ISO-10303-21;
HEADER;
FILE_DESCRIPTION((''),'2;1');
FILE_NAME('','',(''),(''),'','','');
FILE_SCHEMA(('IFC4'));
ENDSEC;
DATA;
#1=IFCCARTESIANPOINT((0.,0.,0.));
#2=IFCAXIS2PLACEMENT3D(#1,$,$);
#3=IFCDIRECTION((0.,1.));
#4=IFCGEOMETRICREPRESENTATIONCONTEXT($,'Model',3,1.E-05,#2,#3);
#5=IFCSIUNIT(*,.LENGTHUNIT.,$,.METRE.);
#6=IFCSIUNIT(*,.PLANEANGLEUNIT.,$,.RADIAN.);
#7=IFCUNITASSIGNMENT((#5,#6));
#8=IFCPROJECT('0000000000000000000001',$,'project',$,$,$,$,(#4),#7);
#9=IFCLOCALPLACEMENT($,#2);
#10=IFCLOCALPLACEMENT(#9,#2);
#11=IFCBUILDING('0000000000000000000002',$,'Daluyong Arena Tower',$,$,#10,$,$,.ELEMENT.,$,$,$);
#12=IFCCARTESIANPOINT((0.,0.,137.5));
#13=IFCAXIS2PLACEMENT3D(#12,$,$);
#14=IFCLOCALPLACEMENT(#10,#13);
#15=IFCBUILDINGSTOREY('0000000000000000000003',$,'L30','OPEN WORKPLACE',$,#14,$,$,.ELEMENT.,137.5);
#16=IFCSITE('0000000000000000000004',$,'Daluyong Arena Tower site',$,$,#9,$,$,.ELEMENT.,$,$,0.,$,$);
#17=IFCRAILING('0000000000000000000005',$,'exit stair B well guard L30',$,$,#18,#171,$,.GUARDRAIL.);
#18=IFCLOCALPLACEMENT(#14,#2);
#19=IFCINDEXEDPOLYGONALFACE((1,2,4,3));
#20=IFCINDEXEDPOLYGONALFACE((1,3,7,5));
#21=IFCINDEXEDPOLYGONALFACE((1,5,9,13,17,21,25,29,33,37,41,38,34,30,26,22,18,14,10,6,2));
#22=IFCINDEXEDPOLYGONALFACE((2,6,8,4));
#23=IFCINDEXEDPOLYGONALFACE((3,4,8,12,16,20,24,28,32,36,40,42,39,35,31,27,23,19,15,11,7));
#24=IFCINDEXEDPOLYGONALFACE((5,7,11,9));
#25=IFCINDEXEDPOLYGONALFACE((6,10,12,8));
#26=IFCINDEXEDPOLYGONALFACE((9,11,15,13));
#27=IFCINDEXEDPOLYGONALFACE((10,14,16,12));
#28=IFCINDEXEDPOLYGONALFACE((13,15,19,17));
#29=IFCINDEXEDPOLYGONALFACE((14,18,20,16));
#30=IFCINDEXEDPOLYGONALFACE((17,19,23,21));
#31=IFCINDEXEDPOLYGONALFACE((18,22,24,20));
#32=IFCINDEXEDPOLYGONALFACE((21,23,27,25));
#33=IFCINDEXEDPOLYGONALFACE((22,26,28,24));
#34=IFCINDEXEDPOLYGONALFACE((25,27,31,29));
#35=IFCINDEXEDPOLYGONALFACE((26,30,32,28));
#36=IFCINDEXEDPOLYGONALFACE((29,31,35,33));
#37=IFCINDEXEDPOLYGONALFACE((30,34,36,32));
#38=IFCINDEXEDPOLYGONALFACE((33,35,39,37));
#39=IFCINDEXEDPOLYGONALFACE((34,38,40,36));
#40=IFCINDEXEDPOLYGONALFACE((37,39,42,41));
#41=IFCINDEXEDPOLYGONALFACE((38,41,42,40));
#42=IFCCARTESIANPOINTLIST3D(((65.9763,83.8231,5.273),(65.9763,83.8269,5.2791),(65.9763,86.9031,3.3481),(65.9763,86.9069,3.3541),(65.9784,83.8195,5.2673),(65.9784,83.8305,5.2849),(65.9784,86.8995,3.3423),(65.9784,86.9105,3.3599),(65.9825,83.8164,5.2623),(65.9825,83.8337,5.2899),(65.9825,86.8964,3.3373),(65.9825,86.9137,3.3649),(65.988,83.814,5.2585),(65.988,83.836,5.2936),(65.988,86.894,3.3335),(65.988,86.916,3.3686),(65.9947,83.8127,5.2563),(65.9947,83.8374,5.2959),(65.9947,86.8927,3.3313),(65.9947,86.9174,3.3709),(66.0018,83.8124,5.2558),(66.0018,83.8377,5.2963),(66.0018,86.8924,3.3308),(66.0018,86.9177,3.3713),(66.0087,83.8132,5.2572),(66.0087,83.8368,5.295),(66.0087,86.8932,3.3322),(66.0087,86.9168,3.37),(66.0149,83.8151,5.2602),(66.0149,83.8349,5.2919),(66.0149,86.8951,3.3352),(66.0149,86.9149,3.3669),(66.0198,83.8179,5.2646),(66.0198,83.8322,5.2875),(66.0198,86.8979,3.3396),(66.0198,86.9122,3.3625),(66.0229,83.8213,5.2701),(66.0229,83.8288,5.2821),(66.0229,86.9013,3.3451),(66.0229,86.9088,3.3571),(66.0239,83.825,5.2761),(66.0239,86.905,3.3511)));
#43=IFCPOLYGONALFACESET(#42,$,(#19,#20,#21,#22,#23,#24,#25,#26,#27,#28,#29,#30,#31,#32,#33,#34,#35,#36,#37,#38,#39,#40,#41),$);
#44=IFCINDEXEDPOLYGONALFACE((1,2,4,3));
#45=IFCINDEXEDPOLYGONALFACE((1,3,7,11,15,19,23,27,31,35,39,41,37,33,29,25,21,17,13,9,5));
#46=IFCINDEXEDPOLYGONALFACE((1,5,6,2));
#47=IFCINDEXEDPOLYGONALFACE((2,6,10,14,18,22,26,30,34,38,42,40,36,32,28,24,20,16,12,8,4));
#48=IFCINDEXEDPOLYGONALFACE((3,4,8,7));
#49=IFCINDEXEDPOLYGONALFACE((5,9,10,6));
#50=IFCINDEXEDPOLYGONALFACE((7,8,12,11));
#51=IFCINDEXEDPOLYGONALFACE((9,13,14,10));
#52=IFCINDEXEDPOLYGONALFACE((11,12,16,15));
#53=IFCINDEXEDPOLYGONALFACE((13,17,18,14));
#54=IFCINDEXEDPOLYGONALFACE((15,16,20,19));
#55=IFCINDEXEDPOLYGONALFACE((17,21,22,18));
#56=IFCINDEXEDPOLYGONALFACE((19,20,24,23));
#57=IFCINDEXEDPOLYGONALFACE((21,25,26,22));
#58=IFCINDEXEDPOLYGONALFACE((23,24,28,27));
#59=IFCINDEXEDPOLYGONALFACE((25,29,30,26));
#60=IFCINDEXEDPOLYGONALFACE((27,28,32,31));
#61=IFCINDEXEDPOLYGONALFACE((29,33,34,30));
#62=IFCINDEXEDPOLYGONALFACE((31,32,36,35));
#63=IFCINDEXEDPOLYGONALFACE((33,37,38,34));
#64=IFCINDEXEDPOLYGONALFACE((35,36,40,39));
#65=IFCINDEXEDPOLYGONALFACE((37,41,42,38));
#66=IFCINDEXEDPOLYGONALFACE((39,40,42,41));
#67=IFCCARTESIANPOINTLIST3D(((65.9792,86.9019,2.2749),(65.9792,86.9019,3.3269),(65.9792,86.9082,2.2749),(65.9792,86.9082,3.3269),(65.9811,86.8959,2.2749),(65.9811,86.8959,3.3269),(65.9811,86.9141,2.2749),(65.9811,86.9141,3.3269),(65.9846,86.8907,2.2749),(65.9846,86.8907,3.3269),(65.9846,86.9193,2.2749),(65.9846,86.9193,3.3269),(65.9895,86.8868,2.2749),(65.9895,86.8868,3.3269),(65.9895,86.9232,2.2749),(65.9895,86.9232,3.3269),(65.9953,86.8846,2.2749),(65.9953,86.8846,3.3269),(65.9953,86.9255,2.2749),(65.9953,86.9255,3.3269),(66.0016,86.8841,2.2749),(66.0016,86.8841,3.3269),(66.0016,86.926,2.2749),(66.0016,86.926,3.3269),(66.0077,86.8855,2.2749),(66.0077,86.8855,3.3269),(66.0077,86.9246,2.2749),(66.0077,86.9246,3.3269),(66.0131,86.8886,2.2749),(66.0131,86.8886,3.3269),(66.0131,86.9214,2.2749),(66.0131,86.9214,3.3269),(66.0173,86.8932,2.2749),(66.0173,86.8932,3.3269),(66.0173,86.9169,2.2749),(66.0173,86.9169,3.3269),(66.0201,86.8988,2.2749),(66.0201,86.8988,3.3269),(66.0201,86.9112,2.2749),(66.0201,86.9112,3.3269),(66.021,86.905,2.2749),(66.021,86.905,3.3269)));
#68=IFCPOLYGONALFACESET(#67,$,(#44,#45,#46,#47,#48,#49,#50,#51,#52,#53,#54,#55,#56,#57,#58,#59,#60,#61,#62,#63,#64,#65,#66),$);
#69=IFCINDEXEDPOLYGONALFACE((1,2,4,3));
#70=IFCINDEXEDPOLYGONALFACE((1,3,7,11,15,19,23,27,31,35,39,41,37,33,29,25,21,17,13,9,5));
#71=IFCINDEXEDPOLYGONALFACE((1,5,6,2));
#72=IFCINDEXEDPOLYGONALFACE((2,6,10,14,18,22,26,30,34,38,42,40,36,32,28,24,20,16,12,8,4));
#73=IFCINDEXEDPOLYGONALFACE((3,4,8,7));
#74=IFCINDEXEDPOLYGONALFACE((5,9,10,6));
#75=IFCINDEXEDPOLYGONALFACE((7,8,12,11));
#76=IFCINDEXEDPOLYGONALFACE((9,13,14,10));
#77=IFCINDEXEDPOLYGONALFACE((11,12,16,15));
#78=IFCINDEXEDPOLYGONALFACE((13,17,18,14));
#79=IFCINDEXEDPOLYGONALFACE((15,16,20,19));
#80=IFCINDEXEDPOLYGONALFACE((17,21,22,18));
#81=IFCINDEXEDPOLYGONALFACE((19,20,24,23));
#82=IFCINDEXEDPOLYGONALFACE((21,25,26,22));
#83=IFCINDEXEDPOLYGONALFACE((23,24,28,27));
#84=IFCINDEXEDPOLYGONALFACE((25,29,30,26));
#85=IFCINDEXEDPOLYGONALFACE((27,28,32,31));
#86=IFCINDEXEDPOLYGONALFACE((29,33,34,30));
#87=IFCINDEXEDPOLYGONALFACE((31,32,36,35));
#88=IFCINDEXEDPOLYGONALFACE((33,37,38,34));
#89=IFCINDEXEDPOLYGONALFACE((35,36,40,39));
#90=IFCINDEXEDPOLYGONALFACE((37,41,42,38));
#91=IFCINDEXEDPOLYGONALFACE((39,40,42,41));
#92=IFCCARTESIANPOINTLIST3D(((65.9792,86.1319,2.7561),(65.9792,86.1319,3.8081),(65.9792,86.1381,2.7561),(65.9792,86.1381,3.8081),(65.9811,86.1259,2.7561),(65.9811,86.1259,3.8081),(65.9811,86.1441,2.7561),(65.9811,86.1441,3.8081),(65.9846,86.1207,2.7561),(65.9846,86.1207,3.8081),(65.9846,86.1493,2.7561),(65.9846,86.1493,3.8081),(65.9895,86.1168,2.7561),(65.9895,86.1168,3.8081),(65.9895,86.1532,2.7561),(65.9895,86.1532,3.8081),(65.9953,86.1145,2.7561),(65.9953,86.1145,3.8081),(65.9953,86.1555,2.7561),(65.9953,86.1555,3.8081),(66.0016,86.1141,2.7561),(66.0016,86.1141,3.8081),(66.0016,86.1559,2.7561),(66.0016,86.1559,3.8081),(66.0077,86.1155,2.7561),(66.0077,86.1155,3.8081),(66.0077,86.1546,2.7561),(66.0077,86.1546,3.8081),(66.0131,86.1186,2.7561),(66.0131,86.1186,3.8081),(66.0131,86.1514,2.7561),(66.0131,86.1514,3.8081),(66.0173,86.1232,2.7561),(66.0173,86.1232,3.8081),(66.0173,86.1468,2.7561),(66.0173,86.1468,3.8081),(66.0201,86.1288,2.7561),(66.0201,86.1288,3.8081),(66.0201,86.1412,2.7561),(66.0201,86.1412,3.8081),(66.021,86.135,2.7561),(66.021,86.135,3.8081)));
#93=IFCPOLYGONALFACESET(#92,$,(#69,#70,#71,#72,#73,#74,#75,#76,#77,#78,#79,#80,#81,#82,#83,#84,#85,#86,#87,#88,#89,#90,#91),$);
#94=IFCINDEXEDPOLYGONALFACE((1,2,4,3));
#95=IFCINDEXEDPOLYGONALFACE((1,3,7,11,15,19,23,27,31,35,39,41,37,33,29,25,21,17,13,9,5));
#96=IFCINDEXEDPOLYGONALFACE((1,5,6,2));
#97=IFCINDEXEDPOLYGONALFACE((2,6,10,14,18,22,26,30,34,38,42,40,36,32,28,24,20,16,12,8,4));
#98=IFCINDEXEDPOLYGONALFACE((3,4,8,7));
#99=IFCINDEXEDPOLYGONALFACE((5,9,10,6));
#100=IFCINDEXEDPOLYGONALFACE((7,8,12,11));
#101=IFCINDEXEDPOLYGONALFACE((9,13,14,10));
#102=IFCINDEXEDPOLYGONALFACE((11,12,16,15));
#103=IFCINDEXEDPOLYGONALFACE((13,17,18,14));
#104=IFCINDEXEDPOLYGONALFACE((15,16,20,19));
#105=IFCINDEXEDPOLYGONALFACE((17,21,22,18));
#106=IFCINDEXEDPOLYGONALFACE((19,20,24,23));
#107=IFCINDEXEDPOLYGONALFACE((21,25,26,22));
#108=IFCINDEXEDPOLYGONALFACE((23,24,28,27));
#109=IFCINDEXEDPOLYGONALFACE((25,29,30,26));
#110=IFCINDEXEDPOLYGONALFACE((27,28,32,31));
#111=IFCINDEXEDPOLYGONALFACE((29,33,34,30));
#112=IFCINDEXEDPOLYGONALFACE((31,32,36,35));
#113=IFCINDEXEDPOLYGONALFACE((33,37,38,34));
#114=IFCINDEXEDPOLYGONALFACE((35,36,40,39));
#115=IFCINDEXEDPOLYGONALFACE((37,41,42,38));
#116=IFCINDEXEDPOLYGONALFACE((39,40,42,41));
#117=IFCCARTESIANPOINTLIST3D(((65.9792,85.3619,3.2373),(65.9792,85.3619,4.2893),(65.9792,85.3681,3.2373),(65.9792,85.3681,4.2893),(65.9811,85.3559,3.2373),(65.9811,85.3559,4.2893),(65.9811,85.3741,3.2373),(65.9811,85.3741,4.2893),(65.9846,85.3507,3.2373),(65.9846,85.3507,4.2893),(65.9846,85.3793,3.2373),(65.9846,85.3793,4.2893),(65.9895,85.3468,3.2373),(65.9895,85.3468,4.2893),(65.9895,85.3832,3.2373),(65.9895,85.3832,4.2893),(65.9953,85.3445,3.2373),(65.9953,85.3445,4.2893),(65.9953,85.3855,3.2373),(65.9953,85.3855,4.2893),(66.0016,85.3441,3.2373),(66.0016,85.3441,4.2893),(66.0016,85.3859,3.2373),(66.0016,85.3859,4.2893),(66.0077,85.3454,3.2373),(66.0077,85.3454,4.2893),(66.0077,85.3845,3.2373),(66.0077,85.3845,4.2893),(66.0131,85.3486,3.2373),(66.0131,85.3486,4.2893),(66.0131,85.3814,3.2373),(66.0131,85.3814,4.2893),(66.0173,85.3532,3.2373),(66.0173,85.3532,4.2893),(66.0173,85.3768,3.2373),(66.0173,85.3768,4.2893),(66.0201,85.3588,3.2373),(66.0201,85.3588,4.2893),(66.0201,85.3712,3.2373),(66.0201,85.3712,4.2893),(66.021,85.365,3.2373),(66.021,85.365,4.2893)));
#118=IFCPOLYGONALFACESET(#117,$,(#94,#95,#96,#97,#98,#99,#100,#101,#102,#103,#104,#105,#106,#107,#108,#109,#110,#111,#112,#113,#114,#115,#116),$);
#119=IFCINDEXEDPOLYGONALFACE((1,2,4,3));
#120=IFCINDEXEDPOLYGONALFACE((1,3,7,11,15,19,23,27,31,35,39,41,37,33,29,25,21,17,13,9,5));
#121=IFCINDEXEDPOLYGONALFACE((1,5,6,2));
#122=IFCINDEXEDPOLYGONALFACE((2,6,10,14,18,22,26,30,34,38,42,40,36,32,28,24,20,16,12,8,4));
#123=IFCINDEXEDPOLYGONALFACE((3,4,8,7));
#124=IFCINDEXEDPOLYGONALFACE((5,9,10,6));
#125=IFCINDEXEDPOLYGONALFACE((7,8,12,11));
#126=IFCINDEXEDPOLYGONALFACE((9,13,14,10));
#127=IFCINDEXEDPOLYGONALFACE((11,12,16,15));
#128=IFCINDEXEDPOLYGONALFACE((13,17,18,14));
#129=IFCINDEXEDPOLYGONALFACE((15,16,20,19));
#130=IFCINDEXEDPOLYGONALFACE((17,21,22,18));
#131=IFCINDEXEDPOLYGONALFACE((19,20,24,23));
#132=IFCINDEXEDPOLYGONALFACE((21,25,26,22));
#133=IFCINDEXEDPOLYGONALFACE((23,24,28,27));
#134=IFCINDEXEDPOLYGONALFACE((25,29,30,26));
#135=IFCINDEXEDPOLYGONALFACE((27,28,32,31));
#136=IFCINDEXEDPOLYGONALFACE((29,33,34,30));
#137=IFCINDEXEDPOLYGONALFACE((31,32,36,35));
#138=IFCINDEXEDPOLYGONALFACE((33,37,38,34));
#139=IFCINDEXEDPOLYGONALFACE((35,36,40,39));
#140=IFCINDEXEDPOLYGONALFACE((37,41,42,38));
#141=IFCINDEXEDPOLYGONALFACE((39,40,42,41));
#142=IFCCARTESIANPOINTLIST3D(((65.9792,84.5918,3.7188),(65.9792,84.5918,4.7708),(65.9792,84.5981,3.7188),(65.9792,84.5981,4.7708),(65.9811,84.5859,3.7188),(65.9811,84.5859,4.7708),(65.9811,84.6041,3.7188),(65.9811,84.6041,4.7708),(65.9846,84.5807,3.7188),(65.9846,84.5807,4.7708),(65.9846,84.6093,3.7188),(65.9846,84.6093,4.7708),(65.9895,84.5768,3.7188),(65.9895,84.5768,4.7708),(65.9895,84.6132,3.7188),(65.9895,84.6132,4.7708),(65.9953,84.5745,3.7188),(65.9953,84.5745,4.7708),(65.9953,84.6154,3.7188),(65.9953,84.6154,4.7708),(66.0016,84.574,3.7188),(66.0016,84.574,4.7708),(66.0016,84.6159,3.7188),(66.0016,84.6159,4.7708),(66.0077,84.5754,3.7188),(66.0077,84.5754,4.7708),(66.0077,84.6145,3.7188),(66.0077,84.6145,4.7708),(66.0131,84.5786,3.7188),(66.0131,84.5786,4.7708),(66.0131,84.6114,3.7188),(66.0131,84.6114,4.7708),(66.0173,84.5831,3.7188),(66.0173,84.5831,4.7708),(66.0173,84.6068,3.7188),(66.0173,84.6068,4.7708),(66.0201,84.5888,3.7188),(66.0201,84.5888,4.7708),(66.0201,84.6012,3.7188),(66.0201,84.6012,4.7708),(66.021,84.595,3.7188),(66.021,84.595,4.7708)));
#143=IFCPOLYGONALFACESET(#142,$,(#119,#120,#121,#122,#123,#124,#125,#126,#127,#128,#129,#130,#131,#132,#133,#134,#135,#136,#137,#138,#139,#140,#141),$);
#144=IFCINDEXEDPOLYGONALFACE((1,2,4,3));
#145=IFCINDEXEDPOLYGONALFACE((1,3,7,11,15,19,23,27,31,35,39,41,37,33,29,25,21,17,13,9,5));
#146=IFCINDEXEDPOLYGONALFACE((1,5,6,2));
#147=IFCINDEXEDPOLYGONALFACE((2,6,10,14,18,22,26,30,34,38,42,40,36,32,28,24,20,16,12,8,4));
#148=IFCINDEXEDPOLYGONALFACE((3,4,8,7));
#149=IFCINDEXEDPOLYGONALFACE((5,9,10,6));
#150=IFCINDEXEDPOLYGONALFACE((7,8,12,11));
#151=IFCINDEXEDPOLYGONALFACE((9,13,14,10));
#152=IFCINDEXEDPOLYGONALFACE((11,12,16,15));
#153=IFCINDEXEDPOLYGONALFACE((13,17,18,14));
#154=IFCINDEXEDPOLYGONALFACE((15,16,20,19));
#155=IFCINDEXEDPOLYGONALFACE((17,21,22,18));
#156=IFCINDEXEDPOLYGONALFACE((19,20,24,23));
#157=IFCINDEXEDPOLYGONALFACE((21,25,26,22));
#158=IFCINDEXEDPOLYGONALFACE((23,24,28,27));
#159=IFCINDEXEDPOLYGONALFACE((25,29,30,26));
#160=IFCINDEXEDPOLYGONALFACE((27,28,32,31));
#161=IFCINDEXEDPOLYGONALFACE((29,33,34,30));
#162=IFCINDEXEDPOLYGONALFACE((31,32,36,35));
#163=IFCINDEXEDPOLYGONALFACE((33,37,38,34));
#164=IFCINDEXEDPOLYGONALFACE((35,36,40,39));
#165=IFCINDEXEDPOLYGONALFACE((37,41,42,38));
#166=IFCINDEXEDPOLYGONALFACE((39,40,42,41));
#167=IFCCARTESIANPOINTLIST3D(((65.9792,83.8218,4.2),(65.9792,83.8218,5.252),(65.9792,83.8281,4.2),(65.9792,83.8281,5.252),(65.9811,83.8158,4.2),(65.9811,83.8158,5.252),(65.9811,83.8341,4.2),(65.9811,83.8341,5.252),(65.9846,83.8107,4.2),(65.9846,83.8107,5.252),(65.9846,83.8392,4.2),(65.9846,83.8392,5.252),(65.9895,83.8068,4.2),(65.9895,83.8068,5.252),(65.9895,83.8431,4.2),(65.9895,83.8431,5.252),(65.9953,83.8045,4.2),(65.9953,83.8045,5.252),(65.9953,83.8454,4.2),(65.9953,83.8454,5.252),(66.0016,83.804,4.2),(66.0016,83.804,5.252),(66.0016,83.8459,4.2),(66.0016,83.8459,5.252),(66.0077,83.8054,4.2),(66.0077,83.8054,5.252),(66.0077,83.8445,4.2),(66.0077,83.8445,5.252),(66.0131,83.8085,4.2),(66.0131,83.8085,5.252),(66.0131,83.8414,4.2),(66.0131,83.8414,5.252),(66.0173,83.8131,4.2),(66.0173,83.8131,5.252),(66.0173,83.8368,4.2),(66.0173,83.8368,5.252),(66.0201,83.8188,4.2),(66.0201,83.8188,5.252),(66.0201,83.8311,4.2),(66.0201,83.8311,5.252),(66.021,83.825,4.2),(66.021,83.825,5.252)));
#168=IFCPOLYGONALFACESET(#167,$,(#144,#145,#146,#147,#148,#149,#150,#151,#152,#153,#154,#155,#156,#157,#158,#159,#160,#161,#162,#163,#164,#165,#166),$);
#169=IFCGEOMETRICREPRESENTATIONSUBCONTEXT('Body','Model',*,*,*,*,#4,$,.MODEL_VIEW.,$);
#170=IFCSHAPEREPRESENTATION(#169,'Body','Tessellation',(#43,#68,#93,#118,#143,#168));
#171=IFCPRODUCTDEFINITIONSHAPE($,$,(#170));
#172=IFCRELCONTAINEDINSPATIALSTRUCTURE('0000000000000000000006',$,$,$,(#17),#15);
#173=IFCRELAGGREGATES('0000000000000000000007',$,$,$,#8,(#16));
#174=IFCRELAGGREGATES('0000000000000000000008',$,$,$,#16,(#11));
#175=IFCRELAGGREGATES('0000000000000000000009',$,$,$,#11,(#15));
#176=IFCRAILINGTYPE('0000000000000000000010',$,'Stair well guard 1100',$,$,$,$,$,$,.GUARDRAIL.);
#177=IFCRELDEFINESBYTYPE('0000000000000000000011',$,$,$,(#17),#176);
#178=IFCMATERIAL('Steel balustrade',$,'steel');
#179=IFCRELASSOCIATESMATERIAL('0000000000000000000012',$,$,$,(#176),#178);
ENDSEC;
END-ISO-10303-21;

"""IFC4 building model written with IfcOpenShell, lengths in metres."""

from ifc_helpers import new_model, si_unit, direction, frame, origin, origin_2d, place, context, subcontext, project, spatial, circle, extrude, material, type_object, element, save


model = new_model("IFC4")

# Units and contexts
model_context = context("Model", 3, precision=1e-05, world=origin(), true_north=direction((0.0, 1.0)))
body_context = subcontext(model_context, "Body", "Model", "MODEL_VIEW")
ifc_project = project(units=[si_unit("LENGTHUNIT", "METRE"), si_unit("PLANEANGLEUNIT", "RADIAN")], contexts=[model_context])

# Site, building, storey
site_placement = place(None, origin())
site = spatial("IfcSite", under=ifc_project, at=site_placement, Name="Daluyong Arena Tower site", CompositionType="ELEMENT", RefElevation=0.0)
building_placement = place(site_placement, origin())
building = spatial("IfcBuilding", under=site, at=building_placement, Name="Daluyong Arena Tower", CompositionType="ELEMENT")
storey_placement = place(building_placement, frame((0.0, 0.0, 137.5)))
storey = spatial("IfcBuildingStorey", under=building, at=storey_placement, Name="L30", Description="OPEN WORKPLACE", CompositionType="ELEMENT", Elevation=137.5)

# Railing
ifc_material_1 = material(Name="Steel balustrade", Category="steel")
railing_type_1 = type_object("IfcRailingType", Name="Stair well guard 1100", PredefinedType="GUARDRAIL", material=ifc_material_1)
railing_1_placement = place(storey_placement, frame((66.0, 86.905, 2.2749)))
element("IfcRailing", 1, at=railing_1_placement, inside=storey, type_object=railing_type_1, Name="exit stair B well guard L30", PredefinedType="GUARDRAIL", context=body_context, shape_type="SweptSolid", body=[
    extrude(circle(Radius=0.0239, at=origin_2d()), frame((0.0, 0.0, 1.0762), z_axis=(0.0, -0.847998, 0.529999), x_axis=(1.0, 0.0, 0.0)), (0.0, 0.0, 1.0), 3.6321),
    extrude(circle(Radius=0.021, at=origin_2d()), origin(), (0.0, 0.0, 1.0), 1.052),
    extrude(circle(Radius=0.021, at=origin_2d()), frame((0.0, -0.77, 0.4812)), (0.0, 0.0, 1.0), 1.052),
    extrude(circle(Radius=0.021, at=origin_2d()), frame((0.0, -1.54, 0.9624)), (0.0, 0.0, 1.0), 1.052),
    extrude(circle(Radius=0.021, at=origin_2d()), frame((0.0, -2.3101, 1.4438)), (0.0, 0.0, 1.0), 1.052),
    extrude(circle(Radius=0.021, at=origin_2d()), frame((0.0, -3.0801, 1.925)), (0.0, 0.0, 1.0), 1.052),
])

save(model, "model.ifc")
